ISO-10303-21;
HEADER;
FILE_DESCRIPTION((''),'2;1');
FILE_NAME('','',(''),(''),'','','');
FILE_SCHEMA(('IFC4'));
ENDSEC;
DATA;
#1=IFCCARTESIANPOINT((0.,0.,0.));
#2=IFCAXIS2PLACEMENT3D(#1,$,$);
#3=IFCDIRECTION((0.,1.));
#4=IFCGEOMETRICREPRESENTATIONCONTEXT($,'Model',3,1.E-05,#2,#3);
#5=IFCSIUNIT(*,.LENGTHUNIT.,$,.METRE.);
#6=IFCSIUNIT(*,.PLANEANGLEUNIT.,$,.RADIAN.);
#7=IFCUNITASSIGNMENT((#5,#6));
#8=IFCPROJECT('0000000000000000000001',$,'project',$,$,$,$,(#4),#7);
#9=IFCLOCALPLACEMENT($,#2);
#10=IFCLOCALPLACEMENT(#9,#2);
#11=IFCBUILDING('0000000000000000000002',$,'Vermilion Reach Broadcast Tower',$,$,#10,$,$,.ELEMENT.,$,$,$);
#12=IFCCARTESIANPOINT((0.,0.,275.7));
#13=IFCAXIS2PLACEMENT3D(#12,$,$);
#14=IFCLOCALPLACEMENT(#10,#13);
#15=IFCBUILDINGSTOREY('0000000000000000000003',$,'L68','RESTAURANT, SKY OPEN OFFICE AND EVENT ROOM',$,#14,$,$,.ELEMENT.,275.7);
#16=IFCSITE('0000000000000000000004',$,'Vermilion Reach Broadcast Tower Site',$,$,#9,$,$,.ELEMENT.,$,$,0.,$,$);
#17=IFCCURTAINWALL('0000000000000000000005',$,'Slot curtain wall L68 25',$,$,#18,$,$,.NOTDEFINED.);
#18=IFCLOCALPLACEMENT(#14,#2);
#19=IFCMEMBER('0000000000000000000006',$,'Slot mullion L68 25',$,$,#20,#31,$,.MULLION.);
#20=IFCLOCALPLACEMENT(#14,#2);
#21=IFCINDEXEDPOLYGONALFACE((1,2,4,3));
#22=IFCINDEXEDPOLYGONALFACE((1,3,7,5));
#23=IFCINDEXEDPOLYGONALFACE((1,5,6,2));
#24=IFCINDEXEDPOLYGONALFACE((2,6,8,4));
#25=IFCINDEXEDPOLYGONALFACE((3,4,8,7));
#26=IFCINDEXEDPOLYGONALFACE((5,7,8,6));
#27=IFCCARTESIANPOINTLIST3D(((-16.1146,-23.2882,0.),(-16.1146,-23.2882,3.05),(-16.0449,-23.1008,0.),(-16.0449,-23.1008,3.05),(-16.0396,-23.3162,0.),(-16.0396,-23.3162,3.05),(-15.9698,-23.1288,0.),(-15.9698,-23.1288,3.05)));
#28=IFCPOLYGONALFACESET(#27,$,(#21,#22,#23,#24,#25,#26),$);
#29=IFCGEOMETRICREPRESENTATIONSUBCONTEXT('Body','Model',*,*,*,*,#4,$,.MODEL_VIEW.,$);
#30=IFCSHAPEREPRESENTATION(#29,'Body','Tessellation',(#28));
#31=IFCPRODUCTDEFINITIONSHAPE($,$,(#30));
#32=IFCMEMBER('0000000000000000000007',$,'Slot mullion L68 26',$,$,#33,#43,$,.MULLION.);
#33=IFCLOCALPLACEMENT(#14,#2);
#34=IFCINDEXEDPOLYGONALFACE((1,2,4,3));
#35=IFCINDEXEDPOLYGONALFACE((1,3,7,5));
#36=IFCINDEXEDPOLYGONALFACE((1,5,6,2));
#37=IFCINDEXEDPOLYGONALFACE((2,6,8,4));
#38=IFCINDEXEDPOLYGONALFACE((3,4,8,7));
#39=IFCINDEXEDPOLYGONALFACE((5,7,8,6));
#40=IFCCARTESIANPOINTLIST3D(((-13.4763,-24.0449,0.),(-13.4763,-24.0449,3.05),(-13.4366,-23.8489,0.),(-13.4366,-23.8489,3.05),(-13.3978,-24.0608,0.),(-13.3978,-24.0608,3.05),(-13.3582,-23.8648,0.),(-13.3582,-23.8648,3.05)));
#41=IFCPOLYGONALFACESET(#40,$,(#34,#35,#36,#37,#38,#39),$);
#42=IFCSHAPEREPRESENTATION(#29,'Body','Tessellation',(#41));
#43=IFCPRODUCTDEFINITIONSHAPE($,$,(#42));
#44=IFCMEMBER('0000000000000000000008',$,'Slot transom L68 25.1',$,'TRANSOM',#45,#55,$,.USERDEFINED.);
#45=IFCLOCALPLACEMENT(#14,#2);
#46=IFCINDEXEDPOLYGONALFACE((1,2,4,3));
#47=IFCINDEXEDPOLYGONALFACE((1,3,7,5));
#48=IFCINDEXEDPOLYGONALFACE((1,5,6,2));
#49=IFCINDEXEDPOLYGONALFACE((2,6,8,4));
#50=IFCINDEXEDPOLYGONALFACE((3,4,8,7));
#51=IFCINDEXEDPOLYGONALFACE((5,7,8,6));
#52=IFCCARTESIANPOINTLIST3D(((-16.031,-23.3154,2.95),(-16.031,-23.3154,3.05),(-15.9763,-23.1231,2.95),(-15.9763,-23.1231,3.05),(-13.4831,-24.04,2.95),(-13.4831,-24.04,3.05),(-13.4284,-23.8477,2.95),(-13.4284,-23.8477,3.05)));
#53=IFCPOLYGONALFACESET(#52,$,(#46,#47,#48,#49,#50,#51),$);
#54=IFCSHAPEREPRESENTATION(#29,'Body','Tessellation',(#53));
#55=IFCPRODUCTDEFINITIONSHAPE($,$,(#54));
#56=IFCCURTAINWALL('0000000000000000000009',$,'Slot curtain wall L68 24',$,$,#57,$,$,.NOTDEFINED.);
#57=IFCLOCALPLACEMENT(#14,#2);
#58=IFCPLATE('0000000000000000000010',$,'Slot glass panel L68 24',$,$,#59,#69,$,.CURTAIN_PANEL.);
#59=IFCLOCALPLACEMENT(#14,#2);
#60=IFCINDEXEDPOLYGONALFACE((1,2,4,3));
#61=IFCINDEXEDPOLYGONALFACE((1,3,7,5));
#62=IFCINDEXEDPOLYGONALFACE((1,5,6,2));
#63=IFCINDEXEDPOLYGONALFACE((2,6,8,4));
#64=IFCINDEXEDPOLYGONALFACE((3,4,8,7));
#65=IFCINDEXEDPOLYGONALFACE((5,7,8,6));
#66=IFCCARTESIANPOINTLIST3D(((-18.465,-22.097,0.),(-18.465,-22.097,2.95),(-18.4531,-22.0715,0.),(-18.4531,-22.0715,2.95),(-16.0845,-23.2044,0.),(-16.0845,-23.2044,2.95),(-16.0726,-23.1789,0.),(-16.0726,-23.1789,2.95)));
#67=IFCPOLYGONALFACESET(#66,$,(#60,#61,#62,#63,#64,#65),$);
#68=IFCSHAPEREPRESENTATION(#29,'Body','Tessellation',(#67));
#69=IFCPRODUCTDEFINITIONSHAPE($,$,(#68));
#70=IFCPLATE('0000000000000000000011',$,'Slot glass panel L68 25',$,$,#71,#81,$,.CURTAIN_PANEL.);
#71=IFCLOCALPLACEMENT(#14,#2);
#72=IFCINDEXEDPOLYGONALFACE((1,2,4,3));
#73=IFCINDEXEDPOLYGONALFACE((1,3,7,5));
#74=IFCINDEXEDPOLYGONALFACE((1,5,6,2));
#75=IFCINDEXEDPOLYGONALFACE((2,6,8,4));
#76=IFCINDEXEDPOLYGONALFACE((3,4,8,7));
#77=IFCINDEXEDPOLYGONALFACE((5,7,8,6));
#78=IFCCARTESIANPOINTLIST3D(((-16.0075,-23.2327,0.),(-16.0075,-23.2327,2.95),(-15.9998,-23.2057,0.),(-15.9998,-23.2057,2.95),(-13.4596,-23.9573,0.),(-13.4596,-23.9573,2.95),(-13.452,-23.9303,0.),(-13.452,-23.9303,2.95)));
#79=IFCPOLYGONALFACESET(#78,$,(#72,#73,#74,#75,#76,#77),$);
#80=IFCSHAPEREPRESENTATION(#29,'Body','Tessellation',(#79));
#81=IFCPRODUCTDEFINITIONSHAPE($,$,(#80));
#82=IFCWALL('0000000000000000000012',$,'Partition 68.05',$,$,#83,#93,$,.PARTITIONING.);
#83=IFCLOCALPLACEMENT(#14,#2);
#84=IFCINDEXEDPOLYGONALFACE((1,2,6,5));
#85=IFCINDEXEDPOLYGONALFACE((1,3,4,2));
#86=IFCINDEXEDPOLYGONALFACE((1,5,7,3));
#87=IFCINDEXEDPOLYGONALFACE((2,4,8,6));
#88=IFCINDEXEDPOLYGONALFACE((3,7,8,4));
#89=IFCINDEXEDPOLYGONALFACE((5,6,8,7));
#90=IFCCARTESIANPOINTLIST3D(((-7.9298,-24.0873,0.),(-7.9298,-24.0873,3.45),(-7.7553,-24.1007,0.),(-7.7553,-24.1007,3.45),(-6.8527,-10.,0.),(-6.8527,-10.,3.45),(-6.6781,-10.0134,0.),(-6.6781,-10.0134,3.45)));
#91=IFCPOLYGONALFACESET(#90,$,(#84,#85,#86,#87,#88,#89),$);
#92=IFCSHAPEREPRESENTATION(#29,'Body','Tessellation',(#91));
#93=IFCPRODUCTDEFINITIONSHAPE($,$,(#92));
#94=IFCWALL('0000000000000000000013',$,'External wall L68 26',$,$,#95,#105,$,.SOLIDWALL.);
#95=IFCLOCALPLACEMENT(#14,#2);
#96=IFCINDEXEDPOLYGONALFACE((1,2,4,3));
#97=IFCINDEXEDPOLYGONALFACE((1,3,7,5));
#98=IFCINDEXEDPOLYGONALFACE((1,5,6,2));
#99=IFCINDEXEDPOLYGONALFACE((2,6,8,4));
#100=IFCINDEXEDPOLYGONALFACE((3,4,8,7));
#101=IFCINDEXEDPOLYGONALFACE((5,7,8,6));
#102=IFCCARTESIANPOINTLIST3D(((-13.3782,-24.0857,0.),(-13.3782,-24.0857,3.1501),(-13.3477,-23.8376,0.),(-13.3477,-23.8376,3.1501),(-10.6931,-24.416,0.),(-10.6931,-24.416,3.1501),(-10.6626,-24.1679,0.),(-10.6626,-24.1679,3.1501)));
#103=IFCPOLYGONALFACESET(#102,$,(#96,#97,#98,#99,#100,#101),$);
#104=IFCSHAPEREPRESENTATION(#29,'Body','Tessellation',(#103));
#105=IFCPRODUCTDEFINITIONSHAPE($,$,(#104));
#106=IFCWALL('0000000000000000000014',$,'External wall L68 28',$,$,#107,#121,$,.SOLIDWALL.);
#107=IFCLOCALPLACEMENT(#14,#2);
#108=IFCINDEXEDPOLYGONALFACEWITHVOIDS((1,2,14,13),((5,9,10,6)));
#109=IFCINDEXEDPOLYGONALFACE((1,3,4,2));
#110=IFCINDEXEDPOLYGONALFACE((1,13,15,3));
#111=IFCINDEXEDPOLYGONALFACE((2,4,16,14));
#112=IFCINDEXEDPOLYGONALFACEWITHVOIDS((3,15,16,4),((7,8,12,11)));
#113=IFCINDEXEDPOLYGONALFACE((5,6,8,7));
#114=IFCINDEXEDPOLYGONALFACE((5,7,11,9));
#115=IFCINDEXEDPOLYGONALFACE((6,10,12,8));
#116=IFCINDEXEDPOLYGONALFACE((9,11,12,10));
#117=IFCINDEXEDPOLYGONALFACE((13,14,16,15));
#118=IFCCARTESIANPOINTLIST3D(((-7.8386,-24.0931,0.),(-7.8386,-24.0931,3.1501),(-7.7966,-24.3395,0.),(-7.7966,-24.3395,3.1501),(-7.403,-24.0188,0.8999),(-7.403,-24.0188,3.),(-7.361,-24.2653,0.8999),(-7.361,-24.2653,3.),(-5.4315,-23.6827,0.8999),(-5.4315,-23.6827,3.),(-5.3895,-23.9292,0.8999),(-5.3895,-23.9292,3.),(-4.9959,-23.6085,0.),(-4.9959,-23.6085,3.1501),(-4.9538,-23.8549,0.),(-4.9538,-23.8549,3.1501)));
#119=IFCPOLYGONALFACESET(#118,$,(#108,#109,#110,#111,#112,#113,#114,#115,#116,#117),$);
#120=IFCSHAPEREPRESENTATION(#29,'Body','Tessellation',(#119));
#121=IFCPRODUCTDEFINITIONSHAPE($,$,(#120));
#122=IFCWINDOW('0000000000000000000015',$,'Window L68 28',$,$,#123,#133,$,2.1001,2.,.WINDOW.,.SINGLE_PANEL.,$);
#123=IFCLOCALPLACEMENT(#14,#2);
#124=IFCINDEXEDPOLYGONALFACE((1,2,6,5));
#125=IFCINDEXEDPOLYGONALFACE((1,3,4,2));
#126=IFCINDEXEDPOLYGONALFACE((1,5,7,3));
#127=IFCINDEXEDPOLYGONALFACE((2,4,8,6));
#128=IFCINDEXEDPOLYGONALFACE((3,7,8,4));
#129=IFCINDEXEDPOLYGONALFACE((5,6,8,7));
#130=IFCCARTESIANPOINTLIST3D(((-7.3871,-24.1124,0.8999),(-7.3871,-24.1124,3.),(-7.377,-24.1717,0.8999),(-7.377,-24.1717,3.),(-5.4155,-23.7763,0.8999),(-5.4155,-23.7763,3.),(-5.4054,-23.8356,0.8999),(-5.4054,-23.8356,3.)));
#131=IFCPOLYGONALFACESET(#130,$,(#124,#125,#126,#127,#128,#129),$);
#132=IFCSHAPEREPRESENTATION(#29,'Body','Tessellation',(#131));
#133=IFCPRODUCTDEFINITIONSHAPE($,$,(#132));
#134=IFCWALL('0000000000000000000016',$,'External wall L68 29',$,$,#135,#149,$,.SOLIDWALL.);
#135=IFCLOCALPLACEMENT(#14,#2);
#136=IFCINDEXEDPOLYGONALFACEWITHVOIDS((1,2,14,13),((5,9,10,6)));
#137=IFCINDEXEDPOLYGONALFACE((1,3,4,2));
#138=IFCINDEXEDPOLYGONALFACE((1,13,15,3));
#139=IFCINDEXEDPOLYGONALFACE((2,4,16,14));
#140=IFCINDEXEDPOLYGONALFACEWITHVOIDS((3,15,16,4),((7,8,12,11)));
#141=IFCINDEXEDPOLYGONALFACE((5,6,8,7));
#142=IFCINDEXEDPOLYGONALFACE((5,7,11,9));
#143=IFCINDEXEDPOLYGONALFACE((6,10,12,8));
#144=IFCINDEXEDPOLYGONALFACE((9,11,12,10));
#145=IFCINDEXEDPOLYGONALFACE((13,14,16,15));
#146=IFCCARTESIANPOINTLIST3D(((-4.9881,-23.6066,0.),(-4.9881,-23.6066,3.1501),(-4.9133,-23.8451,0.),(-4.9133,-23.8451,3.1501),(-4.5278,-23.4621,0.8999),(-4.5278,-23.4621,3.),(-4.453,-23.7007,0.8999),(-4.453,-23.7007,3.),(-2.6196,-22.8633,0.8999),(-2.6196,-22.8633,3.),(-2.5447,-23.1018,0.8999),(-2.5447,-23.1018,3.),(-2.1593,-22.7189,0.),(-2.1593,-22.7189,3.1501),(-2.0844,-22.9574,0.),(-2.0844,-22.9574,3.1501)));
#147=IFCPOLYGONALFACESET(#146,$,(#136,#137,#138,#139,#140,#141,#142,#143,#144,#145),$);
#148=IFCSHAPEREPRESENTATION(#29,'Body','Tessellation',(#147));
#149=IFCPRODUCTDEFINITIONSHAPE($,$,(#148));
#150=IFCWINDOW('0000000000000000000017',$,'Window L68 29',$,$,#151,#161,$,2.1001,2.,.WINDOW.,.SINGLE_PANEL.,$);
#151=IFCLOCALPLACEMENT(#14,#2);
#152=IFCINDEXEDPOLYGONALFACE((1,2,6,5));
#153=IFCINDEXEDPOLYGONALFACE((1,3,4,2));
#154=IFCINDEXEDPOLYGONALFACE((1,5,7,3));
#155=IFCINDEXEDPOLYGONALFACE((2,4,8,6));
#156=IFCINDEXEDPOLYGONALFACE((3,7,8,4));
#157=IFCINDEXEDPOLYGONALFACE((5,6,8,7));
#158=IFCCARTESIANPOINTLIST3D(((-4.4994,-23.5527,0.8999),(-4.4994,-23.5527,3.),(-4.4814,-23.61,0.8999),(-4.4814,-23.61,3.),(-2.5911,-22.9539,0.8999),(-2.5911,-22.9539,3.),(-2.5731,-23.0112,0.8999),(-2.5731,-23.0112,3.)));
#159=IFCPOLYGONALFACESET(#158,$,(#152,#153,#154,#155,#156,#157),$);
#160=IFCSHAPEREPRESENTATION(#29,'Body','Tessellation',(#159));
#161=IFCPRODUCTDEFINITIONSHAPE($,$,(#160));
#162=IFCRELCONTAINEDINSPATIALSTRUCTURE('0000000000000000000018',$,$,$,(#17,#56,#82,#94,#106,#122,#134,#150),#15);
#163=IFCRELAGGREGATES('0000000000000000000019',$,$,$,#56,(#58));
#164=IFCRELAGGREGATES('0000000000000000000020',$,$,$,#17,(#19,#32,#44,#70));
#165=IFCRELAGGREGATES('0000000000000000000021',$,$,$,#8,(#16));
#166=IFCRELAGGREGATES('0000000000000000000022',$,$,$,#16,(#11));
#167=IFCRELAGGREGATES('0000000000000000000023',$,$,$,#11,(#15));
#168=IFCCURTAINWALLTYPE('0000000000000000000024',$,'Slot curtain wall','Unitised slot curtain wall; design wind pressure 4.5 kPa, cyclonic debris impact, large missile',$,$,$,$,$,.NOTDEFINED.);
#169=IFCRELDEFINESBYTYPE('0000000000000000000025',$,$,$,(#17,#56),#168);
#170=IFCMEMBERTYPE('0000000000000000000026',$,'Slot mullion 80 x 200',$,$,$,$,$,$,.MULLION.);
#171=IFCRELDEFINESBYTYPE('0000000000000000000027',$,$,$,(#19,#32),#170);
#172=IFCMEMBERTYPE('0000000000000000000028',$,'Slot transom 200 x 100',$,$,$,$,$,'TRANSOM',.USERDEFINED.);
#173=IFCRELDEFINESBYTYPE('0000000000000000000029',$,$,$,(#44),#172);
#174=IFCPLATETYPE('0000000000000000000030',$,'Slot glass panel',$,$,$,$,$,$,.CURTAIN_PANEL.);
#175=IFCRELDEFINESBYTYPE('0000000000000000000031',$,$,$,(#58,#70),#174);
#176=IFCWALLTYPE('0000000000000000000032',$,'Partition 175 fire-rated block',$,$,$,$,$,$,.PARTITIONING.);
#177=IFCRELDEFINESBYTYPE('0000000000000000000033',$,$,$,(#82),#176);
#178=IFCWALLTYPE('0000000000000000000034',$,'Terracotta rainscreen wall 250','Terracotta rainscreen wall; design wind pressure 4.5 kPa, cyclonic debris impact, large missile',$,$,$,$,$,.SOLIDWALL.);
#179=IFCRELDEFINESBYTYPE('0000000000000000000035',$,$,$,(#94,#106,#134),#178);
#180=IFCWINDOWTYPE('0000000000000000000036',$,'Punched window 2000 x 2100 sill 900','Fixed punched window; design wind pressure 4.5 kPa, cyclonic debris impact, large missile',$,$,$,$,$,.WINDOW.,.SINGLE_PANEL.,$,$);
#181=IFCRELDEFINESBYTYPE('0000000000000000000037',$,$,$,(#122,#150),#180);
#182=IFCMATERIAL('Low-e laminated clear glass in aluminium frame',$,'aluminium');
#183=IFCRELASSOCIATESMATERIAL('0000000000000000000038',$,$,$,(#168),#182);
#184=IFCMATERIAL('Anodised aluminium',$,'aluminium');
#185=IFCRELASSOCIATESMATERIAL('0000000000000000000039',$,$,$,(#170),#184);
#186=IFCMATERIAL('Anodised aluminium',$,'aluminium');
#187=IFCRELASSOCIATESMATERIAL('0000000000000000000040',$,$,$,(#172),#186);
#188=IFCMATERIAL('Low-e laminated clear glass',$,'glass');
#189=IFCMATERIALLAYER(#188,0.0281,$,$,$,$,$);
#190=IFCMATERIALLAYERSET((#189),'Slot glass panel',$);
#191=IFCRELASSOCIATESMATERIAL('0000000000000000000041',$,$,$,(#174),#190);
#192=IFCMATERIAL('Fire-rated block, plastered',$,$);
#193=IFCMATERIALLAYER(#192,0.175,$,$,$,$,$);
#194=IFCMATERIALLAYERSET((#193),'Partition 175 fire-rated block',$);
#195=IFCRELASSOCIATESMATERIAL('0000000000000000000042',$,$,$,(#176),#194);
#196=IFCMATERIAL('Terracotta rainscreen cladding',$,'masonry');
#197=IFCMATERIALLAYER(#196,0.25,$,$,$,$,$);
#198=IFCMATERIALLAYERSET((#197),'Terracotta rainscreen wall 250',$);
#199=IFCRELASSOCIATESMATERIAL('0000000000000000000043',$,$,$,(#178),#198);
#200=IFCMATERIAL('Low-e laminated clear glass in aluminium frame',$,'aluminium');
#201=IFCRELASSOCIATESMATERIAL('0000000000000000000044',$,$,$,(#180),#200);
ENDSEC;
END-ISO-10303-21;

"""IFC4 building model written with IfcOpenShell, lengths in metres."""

from ifc_helpers import new_model, si_unit, direction, frame, frame_2d, origin, origin_2d, place, context, subcontext, project, spatial, rectangle, extrude, material, layer, layer_set, material_profile, profile_set, type_object, element, fill, aggregate, save


model = new_model("IFC4")

# Units and contexts
model_context = context("Model", 3, precision=1e-05, world=origin(), true_north=direction((0.0, 1.0)))
body_context = subcontext(model_context, "Body", "Model", "MODEL_VIEW")
ifc_project = project(units=[si_unit("LENGTHUNIT", "METRE"), si_unit("PLANEANGLEUNIT", "RADIAN")], contexts=[model_context])

# Site, building, storey
site_placement = place(None, origin())
site = spatial("IfcSite", under=ifc_project, at=site_placement, Name="Vermilion Reach Broadcast Tower Site", CompositionType="ELEMENT", RefElevation=0.0)
building_placement = place(site_placement, origin())
building = spatial("IfcBuilding", under=site, at=building_placement, Name="Vermilion Reach Broadcast Tower", CompositionType="ELEMENT")
storey_placement = place(building_placement, frame((0.0, 0.0, 275.7)))
storey = spatial("IfcBuildingStorey", under=building, at=storey_placement, Name="L68", Description="RESTAURANT, SKY OPEN OFFICE AND EVENT ROOM", CompositionType="ELEMENT", Elevation=275.7)

# Curtain wall, members
ifc_material_1 = material(Name="Low-e laminated clear glass in aluminium frame", Category="aluminium")
curtain_wall_type = type_object("IfcCurtainWallType", Name="Slot curtain wall", Description="Unitised slot curtain wall; design wind pressure 4.5 kPa, cyclonic debris impact, large missile", PredefinedType="NOTDEFINED", material=ifc_material_1)
placement = place(storey_placement, origin())
curtain_wall_1 = element("IfcCurtainWall", 1, at=placement, inside=storey, type_object=curtain_wall_type, Name="Slot curtain wall L68 25", PredefinedType="NOTDEFINED")
ifc_material_2 = material(Name="Anodised aluminium", Category="aluminium")
ifc_material_profile_1 = material_profile(ifc_material_2, rectangle(XDim=0.2, YDim=0.0801, at=origin_2d()), Name="Slot mullion 80 x 200")
ifc_profile_set_1 = profile_set([ifc_material_profile_1], Name="Anodised aluminium")
member_type_1 = type_object("IfcMemberType", Name="Slot mullion 80 x 200", PredefinedType="MULLION", material=ifc_profile_set_1)
member_1_placement = place(storey_placement, frame((-16.0422, -23.2085, 0.0), z_axis=(0.0, 0.0, 1.0), x_axis=(0.348753, 0.937214, 0.0)))
member_1 = element("IfcMember", 2, at=member_1_placement, type_object=member_type_1, Name="Slot mullion L68 25", PredefinedType="MULLION", context=body_context, shape_type="SweptSolid", body=[
    extrude(rectangle(XDim=0.2, YDim=0.0801, at=origin_2d()), origin(), (0.0, 0.0, 1.0), 3.05),
])
member_2_placement = place(storey_placement, frame((-13.4172, -23.9548, 0.0), z_axis=(0.0, 0.0, 1.0), x_axis=(0.198453, 0.98011, 0.0)))
member_2 = element("IfcMember", 3, at=member_2_placement, type_object=member_type_1, Name="Slot mullion L68 26", PredefinedType="MULLION", context=body_context, shape_type="SweptSolid", body=[
    extrude(rectangle(XDim=0.2, YDim=0.0801, at=origin_2d()), origin(), (0.0, 0.0, 1.0), 3.05),
])
ifc_material_3 = material(Name="Anodised aluminium", Category="aluminium")
ifc_material_profile_2 = material_profile(ifc_material_3, rectangle(XDim=0.2, YDim=0.1001, at=origin_2d()), Name="Slot transom 200 x 100")
ifc_profile_set_2 = profile_set([ifc_material_profile_2], Name="Anodised aluminium")
member_type_2 = type_object("IfcMemberType", Name="Slot transom 200 x 100", ElementType="TRANSOM", PredefinedType="USERDEFINED", material=ifc_profile_set_2)
member_3_placement = place(storey_placement, frame((-16.0037, -23.2192, 3.0), z_axis=(0.961857, -0.273552, 0.0), x_axis=(0.273552, 0.961857, 0.0)))
member_3 = element("IfcMember", 4, at=member_3_placement, type_object=member_type_2, Name="Slot transom L68 25.1", ObjectType="TRANSOM", PredefinedType="USERDEFINED", context=body_context, shape_type="SweptSolid", body=[
    extrude(rectangle(XDim=0.2, YDim=0.1001, at=origin_2d()), origin(), (0.0, 0.0, 1.0), 2.6489),
])

# Curtain wall, plate
curtain_wall_2 = element("IfcCurtainWall", 5, at=placement, inside=storey, type_object=curtain_wall_type, Name="Slot curtain wall L68 24", PredefinedType="NOTDEFINED")
ifc_material_4 = material(Name="Low-e laminated clear glass", Category="glass")
ifc_layer_1 = layer(ifc_material_4, 0.0281)
ifc_layer_set_1 = layer_set([ifc_layer_1], Name="Slot glass panel")
plate_type = type_object("IfcPlateType", Name="Slot glass panel", PredefinedType="CURTAIN_PANEL", material=ifc_layer_set_1)
plate_1_placement = place(storey_placement, frame((-17.2688, -22.6379, 0.0), z_axis=(0.0, 0.0, 1.0), x_axis=(0.9067, -0.421776, 0.0)))
plate_1 = element("IfcPlate", 6, at=plate_1_placement, type_object=plate_type, Name="Slot glass panel L68 24", PredefinedType="CURTAIN_PANEL", context=body_context, shape_type="SweptSolid", body=[
    extrude(rectangle(XDim=2.6255, YDim=0.0281, at=origin_2d()), origin(), (0.0, 0.0, 1.0), 2.95),
])
aggregate(curtain_wall_2, [plate_1])

# Plate
plate_2_placement = place(storey_placement, frame((-14.7297, -23.5815, 0.0), z_axis=(0.0, 0.0, 1.0), x_axis=(0.961859, -0.273547, 0.0)))
plate_2 = element("IfcPlate", 7, at=plate_2_placement, type_object=plate_type, Name="Slot glass panel L68 25", PredefinedType="CURTAIN_PANEL", context=body_context, shape_type="SweptSolid", body=[
    extrude(rectangle(XDim=2.6489, YDim=0.0281, at=origin_2d()), origin(), (0.0, 0.0, 1.0), 2.95),
])
aggregate(curtain_wall_1, [member_1, member_2, member_3, plate_2])

# Walls
ifc_material_5 = material(Name="Fire-rated block, plastered")
ifc_layer_2 = layer(ifc_material_5, 0.175)
ifc_layer_set_2 = layer_set([ifc_layer_2], Name="Partition 175 fire-rated block")
wall_type_1 = type_object("IfcWallType", Name="Partition 175 fire-rated block", PredefinedType="PARTITIONING", material=ifc_layer_set_2)
wall_1_placement = place(storey_placement, frame((-7.8425, -24.094, 0.0), z_axis=(0.0, 0.0, 1.0), x_axis=(0.076239, 0.99709, 0.0)))
element("IfcWall", 8, at=wall_1_placement, inside=storey, type_object=wall_type_1, Name="Partition 68.05", PredefinedType="PARTITIONING", context=body_context, shape_type="SweptSolid", body=[
    extrude(rectangle(XDim=14.1284, YDim=0.175, at=frame_2d((7.0642, 0.0))), origin(), (0.0, 0.0, 1.0), 3.45),
])
ifc_material_6 = material(Name="Terracotta rainscreen cladding", Category="masonry")
ifc_layer_3 = layer(ifc_material_6, 0.25)
ifc_layer_set_3 = layer_set([ifc_layer_3], Name="Terracotta rainscreen wall 250")
wall_type_2 = type_object("IfcWallType", Name="Terracotta rainscreen wall 250", Description="Terracotta rainscreen wall; design wind pressure 4.5 kPa, cyclonic debris impact, large missile", PredefinedType="SOLIDWALL", material=ifc_layer_set_3)
wall_2_placement = place(storey_placement, frame((-13.3628, -23.9617, 0.0), z_axis=(0.0, 0.0, 1.0), x_axis=(0.992518, -0.122102, 0.0)))
element("IfcWall", 9, at=wall_2_placement, inside=storey, type_object=wall_type_2, Name="External wall L68 26", PredefinedType="SOLIDWALL", context=body_context, shape_type="SweptSolid", body=[
    extrude(rectangle(XDim=2.7053, YDim=0.25, at=frame_2d((1.3525, 0.0))), origin(), (0.0, 0.0, 1.0), 3.1501),
])

# Walls, openings, windows
wall_3_placement = place(storey_placement, frame((-7.8176, -24.2163, 0.0), z_axis=(0.0, 0.0, 1.0), x_axis=(0.985779, 0.16805, 0.0)))
wall_3 = element("IfcWall", 10, at=wall_3_placement, inside=storey, type_object=wall_type_2, Name="External wall L68 28", PredefinedType="SOLIDWALL", context=body_context, shape_type="SweptSolid", body=[
    extrude(rectangle(XDim=2.8838, YDim=0.25, at=frame_2d((1.4419, 0.0))), origin(), (0.0, 0.0, 1.0), 3.1501),
])
opening_1_placement = place(wall_3_placement, frame((0.4419, 0.0, 0.8999)))
opening_1 = element("IfcOpeningElement", 11, at=opening_1_placement, cuts=wall_3, PredefinedType="OPENING", context=body_context, shape_type="SweptSolid", body=[
    extrude(rectangle(XDim=2.0, YDim=2.1001, at=frame_2d((1.0, 1.05))), frame((0.0, 0.135, 0.0), z_axis=(0.0, -1.0, 0.0), x_axis=(1.0, 0.0, 0.0)), (0.0, 0.0, 1.0), 0.27),
])
ifc_material_7 = material(Name="Low-e laminated clear glass in aluminium frame", Category="aluminium")
window_type = type_object("IfcWindowType", Name="Punched window 2000 x 2100 sill 900", Description="Fixed punched window; design wind pressure 4.5 kPa, cyclonic debris impact, large missile", PartitioningType="SINGLE_PANEL", PredefinedType="WINDOW", material=ifc_material_7)
window_1_placement = place(opening_1_placement, origin())
window_1 = element("IfcWindow", 12, at=window_1_placement, inside=storey, type_object=window_type, Name="Window L68 28", OverallHeight=2.1001, OverallWidth=2.0, PartitioningType="SINGLE_PANEL", PredefinedType="WINDOW", context=body_context, shape_type="SweptSolid", body=[
    extrude(rectangle(XDim=2.0, YDim=2.1001, at=frame_2d((1.0, 1.05))), frame((0.0, 0.03, 0.0), z_axis=(0.0, -1.0, 0.0), x_axis=(1.0, 0.0, 0.0)), (0.0, 0.0, 1.0), 0.0601),
])
fill(opening_1, window_1)
wall_4_placement = place(storey_placement, frame((-4.9507, -23.7258, 0.0), z_axis=(0.0, 0.0, 1.0), x_axis=(0.954126, 0.299405, 0.0)))
wall_4 = element("IfcWall", 13, at=wall_4_placement, inside=storey, type_object=wall_type_2, Name="External wall L68 29", PredefinedType="SOLIDWALL", context=body_context, shape_type="SweptSolid", body=[
    extrude(rectangle(XDim=2.9648, YDim=0.25, at=frame_2d((1.4824, 0.0))), origin(), (0.0, 0.0, 1.0), 3.1501),
])
opening_2_placement = place(wall_4_placement, frame((0.4824, 0.0, 0.8999)))
opening_2 = element("IfcOpeningElement", 14, at=opening_2_placement, cuts=wall_4, PredefinedType="OPENING", context=body_context, shape_type="SweptSolid", body=[
    extrude(rectangle(XDim=2.0, YDim=2.1001, at=frame_2d((1.0, 1.05))), frame((0.0, 0.135, 0.0), z_axis=(0.0, -1.0, 0.0), x_axis=(1.0, 0.0, 0.0)), (0.0, 0.0, 1.0), 0.27),
])
window_2_placement = place(opening_2_placement, origin())
window_2 = element("IfcWindow", 15, at=window_2_placement, inside=storey, type_object=window_type, Name="Window L68 29", OverallHeight=2.1001, OverallWidth=2.0, PartitioningType="SINGLE_PANEL", PredefinedType="WINDOW", context=body_context, shape_type="SweptSolid", body=[
    extrude(rectangle(XDim=2.0, YDim=2.1001, at=frame_2d((1.0, 1.05))), frame((0.0, 0.03, 0.0), z_axis=(0.0, -1.0, 0.0), x_axis=(1.0, 0.0, 0.0)), (0.0, 0.0, 1.0), 0.0601),
])
fill(opening_2, window_2)

save(model, "model.ifc")
